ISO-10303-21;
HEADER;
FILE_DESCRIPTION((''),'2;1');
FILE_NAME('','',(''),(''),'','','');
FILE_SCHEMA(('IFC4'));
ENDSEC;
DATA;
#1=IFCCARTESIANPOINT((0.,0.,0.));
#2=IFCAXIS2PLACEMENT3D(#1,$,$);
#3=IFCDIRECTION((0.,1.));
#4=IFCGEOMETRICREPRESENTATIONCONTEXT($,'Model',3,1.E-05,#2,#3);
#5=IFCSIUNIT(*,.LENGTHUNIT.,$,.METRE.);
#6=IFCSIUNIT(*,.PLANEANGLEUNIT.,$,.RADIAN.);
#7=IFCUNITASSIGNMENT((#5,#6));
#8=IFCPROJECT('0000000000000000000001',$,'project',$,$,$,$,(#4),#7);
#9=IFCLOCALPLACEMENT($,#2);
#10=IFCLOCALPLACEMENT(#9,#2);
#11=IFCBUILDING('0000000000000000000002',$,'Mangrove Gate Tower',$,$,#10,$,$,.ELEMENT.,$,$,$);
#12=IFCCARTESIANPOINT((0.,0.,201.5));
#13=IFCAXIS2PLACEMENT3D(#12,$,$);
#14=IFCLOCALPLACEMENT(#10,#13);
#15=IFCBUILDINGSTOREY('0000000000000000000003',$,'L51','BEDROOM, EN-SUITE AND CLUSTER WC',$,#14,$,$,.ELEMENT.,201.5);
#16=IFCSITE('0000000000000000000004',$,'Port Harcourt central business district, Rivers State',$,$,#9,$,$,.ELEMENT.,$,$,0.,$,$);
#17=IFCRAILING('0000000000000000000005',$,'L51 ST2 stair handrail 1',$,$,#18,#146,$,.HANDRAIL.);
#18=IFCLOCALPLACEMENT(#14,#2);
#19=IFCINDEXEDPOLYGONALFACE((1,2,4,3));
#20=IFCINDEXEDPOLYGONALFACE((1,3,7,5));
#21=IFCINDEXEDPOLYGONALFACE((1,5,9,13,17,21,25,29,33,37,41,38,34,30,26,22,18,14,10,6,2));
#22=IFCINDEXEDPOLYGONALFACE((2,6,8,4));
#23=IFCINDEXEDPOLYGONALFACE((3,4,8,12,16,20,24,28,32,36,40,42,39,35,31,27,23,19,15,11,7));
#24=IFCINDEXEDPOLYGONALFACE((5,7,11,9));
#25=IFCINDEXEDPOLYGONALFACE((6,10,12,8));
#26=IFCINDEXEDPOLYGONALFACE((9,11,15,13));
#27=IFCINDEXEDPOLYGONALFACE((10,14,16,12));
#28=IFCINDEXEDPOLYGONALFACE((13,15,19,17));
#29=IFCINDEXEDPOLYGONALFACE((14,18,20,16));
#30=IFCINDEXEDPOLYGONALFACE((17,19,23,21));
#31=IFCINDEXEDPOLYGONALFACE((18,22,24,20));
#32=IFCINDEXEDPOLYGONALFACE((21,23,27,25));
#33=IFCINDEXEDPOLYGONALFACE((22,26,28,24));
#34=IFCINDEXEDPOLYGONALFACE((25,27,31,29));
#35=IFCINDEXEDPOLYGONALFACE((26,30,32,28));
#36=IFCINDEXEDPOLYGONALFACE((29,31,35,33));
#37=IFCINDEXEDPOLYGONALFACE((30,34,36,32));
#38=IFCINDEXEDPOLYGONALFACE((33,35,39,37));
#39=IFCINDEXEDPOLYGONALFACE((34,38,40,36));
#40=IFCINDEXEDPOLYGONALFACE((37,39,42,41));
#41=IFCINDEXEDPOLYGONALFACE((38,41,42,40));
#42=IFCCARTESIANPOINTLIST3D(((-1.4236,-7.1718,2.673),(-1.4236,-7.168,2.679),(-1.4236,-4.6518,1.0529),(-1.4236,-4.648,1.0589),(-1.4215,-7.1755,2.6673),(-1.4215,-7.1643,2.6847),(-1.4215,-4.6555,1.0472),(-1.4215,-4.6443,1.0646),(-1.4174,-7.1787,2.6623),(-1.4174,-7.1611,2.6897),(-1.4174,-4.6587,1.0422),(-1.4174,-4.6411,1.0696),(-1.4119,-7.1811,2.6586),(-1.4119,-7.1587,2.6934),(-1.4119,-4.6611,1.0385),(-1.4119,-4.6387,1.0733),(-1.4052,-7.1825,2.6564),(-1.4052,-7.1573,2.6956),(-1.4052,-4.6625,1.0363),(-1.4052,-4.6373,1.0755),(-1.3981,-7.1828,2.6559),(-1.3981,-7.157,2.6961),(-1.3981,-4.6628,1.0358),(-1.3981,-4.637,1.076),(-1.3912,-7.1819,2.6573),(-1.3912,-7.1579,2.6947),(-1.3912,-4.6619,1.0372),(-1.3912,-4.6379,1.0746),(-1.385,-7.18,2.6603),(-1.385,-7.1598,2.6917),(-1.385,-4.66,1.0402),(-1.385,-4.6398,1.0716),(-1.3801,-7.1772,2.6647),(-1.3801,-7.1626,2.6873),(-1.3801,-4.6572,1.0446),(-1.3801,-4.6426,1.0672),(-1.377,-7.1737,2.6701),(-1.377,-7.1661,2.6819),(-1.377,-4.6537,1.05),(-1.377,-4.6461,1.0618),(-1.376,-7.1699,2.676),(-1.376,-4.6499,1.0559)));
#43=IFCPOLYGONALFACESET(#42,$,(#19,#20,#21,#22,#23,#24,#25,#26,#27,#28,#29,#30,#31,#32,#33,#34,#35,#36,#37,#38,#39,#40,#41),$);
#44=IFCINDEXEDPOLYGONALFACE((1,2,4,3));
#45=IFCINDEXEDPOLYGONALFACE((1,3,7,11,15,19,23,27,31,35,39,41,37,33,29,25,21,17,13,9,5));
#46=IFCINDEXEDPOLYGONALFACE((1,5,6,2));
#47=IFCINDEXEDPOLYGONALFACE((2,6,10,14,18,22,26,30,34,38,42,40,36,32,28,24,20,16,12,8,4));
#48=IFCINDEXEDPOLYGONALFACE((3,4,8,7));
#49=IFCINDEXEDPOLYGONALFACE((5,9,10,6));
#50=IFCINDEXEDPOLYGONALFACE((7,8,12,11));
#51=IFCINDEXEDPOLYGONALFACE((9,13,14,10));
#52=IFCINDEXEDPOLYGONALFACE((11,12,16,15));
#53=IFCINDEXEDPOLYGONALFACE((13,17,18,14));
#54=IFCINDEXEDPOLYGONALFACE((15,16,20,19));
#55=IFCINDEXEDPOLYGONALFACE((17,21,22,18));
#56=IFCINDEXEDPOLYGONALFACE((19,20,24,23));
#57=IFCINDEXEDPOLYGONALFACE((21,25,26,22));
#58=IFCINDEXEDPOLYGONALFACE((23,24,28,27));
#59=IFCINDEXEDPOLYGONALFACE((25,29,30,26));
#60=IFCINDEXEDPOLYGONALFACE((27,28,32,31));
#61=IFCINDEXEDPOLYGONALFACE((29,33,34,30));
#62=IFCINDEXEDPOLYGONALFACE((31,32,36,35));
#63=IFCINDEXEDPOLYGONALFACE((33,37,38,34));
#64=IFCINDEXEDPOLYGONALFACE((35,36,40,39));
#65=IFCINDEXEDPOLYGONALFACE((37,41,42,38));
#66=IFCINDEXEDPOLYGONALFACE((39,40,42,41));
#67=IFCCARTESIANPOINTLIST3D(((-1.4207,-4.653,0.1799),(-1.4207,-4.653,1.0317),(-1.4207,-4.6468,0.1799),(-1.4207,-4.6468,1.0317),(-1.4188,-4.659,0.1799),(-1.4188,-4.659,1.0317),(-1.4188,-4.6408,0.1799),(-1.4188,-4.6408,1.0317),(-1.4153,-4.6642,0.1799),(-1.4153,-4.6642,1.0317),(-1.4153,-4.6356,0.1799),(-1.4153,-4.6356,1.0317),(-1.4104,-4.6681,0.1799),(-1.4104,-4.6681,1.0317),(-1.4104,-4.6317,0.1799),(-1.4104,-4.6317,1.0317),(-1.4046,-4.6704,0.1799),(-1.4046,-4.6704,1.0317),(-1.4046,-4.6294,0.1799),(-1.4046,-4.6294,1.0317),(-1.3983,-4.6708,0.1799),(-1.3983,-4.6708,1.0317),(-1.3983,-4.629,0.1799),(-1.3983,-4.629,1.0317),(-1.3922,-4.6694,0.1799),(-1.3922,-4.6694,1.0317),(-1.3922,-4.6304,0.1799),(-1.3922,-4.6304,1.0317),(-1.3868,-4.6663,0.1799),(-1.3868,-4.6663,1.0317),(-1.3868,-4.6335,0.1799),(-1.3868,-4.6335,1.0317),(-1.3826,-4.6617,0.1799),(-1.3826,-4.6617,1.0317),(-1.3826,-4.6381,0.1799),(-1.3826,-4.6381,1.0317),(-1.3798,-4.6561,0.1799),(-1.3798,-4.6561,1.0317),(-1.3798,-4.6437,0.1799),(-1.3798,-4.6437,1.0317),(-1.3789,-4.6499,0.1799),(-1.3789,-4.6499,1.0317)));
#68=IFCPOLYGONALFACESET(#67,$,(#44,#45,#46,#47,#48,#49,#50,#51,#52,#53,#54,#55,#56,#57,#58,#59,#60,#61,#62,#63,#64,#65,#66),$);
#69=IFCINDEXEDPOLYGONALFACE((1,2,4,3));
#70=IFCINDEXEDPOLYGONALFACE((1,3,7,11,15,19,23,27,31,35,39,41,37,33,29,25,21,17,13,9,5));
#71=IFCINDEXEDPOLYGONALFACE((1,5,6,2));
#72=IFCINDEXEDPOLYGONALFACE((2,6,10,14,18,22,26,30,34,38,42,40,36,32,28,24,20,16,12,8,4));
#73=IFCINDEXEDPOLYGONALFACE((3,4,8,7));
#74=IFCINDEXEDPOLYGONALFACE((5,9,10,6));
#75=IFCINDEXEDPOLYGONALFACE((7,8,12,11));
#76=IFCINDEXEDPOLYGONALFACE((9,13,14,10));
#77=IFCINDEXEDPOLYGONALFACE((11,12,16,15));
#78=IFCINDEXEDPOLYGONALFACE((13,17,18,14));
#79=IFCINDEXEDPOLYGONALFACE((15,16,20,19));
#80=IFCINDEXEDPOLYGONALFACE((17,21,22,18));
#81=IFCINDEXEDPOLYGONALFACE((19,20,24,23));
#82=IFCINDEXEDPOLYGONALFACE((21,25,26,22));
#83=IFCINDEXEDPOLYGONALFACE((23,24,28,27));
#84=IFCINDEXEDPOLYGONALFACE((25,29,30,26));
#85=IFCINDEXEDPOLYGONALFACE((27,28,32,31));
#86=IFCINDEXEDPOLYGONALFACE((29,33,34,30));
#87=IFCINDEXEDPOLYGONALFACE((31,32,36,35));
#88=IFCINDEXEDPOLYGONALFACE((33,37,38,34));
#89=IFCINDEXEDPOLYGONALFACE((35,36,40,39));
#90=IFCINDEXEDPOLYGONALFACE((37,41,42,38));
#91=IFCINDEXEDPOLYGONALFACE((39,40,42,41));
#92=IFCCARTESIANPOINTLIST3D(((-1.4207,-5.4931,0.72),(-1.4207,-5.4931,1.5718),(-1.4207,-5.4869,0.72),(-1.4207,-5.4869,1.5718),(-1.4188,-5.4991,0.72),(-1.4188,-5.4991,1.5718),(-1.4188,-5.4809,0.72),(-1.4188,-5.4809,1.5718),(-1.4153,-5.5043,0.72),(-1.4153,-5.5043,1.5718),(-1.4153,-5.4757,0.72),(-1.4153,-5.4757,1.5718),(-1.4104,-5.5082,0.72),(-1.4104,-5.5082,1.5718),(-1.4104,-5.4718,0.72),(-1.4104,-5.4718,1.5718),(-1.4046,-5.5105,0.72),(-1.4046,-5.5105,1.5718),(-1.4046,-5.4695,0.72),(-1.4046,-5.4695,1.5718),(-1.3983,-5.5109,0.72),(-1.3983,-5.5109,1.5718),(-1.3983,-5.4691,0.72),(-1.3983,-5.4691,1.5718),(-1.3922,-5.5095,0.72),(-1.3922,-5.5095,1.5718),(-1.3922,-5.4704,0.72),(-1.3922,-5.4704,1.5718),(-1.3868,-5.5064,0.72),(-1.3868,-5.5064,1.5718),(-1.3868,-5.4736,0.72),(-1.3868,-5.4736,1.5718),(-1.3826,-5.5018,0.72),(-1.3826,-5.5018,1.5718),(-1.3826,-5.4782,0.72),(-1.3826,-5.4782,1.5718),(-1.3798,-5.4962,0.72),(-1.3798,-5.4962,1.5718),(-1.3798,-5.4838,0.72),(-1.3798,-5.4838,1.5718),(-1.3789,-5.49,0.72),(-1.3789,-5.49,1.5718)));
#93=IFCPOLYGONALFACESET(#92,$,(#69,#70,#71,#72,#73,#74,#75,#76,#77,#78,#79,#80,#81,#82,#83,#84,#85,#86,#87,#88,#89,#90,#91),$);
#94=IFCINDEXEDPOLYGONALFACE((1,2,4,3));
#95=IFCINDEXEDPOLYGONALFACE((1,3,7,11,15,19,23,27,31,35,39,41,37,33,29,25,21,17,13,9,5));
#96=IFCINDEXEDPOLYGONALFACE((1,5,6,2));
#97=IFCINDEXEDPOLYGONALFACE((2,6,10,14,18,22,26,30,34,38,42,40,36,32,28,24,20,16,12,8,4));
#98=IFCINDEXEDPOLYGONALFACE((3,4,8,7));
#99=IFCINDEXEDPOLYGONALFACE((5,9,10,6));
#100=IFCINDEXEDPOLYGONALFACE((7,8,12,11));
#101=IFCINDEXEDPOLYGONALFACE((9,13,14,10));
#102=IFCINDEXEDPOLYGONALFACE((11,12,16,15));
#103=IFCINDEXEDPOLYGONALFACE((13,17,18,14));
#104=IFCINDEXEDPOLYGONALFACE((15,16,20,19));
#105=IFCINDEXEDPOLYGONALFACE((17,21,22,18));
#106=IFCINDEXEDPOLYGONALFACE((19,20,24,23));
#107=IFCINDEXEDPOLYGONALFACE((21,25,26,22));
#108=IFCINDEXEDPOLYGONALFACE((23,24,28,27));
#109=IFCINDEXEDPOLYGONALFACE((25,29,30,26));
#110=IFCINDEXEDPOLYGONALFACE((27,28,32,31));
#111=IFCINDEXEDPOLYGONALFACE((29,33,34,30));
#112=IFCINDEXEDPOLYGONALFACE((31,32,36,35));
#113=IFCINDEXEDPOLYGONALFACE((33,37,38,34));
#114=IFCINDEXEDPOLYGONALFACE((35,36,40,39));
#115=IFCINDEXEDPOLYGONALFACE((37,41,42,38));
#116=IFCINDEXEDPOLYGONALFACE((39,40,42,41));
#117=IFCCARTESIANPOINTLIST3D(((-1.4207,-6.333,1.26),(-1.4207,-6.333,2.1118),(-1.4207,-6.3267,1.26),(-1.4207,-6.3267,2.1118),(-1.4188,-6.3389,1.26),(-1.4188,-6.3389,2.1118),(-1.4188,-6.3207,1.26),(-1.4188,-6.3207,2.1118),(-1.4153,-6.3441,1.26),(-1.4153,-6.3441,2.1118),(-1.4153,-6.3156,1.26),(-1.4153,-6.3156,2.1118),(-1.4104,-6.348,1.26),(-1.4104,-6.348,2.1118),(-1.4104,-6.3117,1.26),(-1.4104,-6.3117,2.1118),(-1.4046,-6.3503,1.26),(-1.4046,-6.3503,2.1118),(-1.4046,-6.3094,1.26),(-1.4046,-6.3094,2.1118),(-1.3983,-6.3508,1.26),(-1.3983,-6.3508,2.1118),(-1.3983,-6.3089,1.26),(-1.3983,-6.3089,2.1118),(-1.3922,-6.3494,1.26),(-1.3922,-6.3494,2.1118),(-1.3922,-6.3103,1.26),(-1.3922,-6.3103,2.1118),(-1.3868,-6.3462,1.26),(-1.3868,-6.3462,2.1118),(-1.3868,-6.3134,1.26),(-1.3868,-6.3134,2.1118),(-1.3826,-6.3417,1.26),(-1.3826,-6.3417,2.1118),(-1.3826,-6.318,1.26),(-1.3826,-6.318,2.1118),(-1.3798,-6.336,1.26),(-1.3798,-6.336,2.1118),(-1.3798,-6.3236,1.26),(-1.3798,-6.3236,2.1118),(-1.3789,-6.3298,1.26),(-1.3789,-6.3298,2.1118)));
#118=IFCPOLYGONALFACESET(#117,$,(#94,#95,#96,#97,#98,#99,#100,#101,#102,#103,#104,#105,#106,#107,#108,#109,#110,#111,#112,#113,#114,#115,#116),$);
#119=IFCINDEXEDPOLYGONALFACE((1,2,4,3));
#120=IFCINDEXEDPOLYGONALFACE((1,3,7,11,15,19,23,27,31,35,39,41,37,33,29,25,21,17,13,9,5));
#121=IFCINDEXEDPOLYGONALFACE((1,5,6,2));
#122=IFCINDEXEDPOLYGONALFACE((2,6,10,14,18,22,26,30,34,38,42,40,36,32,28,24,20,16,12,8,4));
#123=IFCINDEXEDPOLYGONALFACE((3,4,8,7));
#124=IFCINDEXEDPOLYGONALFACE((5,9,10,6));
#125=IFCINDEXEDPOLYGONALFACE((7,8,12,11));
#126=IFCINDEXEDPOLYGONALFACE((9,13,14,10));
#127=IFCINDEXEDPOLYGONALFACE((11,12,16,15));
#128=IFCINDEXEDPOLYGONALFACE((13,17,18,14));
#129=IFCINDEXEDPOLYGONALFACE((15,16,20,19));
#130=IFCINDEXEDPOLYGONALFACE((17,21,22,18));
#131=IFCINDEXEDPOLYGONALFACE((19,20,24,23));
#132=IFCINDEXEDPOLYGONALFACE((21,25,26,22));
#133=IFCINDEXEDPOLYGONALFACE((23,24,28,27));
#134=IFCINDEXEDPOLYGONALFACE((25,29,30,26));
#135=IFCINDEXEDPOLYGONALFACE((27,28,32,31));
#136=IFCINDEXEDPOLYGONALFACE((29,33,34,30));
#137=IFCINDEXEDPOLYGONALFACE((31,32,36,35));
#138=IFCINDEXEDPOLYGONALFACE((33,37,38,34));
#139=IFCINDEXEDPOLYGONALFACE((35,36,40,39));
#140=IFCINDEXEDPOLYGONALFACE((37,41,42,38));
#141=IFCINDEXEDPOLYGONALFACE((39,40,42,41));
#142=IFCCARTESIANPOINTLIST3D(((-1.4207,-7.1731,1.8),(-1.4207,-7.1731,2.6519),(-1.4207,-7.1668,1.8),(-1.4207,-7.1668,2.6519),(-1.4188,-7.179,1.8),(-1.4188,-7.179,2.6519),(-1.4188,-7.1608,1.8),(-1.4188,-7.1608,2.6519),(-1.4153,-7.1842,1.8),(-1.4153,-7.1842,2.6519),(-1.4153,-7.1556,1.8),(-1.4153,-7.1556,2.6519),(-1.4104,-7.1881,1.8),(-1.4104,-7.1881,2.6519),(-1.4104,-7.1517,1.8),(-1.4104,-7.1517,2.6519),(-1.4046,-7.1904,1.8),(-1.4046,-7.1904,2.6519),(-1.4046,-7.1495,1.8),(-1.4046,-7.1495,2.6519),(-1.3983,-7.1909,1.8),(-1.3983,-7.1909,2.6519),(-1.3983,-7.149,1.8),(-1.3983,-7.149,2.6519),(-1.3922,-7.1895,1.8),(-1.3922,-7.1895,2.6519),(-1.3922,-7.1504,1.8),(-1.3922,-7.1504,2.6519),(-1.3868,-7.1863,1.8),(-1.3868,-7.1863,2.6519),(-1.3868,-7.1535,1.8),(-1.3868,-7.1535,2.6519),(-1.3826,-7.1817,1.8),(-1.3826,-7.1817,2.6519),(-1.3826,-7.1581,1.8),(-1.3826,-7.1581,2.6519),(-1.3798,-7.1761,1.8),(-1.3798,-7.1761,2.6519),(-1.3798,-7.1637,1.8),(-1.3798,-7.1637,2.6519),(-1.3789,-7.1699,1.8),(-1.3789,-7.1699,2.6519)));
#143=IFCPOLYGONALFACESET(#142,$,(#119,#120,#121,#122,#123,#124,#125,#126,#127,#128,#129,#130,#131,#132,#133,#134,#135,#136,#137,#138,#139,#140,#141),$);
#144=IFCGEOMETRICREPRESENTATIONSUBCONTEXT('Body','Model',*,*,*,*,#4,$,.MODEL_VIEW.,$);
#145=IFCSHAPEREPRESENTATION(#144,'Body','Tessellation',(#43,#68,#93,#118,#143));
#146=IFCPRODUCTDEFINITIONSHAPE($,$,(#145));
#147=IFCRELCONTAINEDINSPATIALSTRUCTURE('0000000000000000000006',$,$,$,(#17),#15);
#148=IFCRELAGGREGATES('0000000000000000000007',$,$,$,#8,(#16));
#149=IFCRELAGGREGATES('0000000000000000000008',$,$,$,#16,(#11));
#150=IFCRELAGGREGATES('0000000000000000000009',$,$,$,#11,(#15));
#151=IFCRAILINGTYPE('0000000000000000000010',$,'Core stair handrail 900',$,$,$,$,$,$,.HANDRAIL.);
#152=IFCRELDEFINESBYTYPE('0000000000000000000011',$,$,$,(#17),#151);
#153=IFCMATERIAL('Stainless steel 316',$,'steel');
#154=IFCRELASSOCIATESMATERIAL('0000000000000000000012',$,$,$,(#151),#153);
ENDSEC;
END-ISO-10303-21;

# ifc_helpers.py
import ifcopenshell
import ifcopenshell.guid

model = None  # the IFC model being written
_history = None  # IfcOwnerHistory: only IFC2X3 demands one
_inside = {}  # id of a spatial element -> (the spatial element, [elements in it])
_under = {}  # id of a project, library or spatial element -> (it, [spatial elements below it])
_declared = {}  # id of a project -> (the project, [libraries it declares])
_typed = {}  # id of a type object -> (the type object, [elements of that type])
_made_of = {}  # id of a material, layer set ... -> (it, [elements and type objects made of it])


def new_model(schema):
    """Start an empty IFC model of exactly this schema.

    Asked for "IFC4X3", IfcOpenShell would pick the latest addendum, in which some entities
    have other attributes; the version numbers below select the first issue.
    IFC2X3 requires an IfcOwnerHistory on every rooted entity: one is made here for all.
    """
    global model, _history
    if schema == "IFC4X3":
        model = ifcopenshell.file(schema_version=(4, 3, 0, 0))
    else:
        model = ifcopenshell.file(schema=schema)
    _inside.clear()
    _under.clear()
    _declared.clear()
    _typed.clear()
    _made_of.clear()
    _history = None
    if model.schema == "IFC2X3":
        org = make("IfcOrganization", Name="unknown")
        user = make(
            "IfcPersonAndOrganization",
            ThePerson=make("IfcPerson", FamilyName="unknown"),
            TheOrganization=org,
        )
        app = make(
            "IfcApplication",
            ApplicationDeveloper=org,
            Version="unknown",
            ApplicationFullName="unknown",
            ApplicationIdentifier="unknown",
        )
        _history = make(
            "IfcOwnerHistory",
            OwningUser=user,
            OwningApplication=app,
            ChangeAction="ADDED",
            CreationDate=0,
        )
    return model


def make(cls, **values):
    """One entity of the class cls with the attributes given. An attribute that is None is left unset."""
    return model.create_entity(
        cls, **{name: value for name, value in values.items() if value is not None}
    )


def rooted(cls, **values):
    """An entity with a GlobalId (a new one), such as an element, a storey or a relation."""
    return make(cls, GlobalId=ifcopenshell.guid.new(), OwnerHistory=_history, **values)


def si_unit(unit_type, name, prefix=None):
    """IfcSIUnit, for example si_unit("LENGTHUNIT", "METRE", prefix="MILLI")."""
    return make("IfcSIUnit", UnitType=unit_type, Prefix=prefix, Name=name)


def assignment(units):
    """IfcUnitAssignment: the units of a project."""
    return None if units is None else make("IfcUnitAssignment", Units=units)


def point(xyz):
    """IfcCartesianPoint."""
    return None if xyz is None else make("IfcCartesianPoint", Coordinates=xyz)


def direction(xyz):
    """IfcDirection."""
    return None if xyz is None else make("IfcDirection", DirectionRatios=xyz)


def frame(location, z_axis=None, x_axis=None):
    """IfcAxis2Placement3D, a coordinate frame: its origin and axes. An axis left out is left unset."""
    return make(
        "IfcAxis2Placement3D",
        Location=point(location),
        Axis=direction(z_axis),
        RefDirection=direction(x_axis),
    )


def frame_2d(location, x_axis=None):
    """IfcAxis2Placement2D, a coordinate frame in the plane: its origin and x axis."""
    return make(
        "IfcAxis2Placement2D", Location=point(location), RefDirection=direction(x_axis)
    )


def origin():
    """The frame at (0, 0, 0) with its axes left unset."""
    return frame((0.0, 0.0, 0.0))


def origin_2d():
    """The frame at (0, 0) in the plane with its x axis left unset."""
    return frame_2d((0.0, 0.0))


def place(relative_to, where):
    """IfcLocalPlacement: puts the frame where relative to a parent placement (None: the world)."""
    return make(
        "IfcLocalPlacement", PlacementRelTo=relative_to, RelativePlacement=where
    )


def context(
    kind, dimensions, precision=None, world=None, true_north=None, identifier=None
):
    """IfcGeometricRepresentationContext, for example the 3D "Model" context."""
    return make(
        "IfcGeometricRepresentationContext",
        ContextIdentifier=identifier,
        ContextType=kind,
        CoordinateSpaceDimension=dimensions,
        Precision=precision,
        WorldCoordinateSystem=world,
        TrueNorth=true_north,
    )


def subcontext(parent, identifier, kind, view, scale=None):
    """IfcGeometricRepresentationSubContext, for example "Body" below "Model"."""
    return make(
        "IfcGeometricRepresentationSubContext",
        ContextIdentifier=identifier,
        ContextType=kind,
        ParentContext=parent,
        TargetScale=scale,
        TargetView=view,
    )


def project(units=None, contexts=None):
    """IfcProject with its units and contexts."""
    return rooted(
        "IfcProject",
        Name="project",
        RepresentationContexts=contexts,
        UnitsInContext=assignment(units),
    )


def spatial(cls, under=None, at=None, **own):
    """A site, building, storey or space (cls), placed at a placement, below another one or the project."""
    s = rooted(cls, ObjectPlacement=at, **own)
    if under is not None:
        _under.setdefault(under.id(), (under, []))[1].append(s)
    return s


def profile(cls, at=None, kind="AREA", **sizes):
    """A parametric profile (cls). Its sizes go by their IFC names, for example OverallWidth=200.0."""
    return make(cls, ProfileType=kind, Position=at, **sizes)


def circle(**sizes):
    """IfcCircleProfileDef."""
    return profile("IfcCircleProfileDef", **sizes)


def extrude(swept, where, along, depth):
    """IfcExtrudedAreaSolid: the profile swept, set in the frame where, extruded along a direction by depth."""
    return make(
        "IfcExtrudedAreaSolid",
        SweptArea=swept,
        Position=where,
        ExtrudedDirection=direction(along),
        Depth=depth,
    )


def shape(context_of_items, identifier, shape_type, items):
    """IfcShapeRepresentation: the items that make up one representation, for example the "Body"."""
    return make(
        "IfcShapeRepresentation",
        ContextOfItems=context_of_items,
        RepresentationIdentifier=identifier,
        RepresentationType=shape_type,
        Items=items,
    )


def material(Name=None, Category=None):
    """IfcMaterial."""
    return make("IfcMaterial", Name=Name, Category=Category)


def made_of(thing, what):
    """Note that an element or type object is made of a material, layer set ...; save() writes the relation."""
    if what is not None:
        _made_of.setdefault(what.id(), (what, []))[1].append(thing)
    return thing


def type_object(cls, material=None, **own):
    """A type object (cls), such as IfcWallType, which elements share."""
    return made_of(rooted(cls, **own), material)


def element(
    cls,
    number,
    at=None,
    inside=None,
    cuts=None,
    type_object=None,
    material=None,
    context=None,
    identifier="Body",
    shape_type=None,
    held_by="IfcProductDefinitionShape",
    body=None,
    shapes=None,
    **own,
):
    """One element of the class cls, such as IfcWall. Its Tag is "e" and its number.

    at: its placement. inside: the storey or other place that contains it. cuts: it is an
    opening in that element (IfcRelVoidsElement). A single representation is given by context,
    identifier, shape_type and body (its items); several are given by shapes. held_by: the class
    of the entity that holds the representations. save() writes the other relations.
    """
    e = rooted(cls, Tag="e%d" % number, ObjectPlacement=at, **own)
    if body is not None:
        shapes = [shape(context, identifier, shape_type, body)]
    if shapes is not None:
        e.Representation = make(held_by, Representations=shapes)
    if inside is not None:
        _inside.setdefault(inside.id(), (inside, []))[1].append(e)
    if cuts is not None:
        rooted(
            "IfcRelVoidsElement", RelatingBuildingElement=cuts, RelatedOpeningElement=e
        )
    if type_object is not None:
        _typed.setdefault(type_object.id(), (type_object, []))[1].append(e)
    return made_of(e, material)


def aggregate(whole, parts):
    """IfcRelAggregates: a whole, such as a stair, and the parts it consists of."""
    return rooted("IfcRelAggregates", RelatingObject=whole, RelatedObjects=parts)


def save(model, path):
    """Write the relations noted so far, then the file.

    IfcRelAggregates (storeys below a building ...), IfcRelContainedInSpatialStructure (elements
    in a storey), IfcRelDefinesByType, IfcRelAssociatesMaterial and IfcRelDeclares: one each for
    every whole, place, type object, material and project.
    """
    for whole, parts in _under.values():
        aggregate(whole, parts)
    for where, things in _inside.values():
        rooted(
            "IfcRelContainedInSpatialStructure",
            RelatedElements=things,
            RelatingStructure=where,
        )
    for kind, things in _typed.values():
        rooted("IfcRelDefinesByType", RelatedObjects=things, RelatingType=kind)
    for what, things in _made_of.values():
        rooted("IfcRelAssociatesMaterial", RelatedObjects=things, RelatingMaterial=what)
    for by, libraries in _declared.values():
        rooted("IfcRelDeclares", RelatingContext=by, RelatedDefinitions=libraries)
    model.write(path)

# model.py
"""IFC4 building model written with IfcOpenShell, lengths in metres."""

from ifc_helpers import new_model, si_unit, direction, frame, origin, origin_2d, place, context, subcontext, project, spatial, circle, extrude, material, type_object, element, save


model = new_model("IFC4")

# Units and contexts
model_context = context("Model", 3, precision=1e-05, world=origin(), true_north=direction((0.0, 1.0)))
body_context = subcontext(model_context, "Body", "Model", "MODEL_VIEW")
ifc_project = project(units=[si_unit("LENGTHUNIT", "METRE"), si_unit("PLANEANGLEUNIT", "RADIAN")], contexts=[model_context])

# Site, building, storey
site_placement = place(None, origin())
site = spatial("IfcSite", under=ifc_project, at=site_placement, Name="Port Harcourt central business district, Rivers State", CompositionType="ELEMENT", RefElevation=0.0)
building_placement = place(site_placement, origin())
building = spatial("IfcBuilding", under=site, at=building_placement, Name="Mangrove Gate Tower", CompositionType="ELEMENT")
storey_placement = place(building_placement, frame((0.0, 0.0, 201.5)))
storey = spatial("IfcBuildingStorey", under=building, at=storey_placement, Name="L51", Description="BEDROOM, EN-SUITE AND CLUSTER WC", CompositionType="ELEMENT", Elevation=201.5)

# Railing
ifc_material_1 = material(Name="Stainless steel 316", Category="steel")
railing_type_1 = type_object("IfcRailingType", Name="Core stair handrail 900", PredefinedType="HANDRAIL", material=ifc_material_1)
railing_1_placement = place(storey_placement, frame((-1.3999, -4.6499, 0.1799)))
element("IfcRailing", 1, at=railing_1_placement, inside=storey, type_object=railing_type_1, Name="L51 ST2 stair handrail 1", PredefinedType="HANDRAIL", context=body_context, shape_type="SweptSolid", body=[
    extrude(circle(Radius=0.0239, at=origin_2d()), frame((0.0, 0.0, 0.876), z_axis=(0.0, -0.841163, 0.540782), x_axis=(1.0, 0.0, 0.0)), (0.0, 0.0, 1.0), 2.9958),
    extrude(circle(Radius=0.021, at=origin_2d()), origin(), (0.0, 0.0, 1.0), 0.8518),
    extrude(circle(Radius=0.021, at=origin_2d()), frame((0.0, -0.8401, 0.54)), (0.0, 0.0, 1.0), 0.8518),
    extrude(circle(Radius=0.021, at=origin_2d()), frame((0.0, -1.6799, 1.0801)), (0.0, 0.0, 1.0), 0.8518),
    extrude(circle(Radius=0.021, at=origin_2d()), frame((0.0, -2.52, 1.6201)), (0.0, 0.0, 1.0), 0.8518),
])

save(model, "model.ifc")
